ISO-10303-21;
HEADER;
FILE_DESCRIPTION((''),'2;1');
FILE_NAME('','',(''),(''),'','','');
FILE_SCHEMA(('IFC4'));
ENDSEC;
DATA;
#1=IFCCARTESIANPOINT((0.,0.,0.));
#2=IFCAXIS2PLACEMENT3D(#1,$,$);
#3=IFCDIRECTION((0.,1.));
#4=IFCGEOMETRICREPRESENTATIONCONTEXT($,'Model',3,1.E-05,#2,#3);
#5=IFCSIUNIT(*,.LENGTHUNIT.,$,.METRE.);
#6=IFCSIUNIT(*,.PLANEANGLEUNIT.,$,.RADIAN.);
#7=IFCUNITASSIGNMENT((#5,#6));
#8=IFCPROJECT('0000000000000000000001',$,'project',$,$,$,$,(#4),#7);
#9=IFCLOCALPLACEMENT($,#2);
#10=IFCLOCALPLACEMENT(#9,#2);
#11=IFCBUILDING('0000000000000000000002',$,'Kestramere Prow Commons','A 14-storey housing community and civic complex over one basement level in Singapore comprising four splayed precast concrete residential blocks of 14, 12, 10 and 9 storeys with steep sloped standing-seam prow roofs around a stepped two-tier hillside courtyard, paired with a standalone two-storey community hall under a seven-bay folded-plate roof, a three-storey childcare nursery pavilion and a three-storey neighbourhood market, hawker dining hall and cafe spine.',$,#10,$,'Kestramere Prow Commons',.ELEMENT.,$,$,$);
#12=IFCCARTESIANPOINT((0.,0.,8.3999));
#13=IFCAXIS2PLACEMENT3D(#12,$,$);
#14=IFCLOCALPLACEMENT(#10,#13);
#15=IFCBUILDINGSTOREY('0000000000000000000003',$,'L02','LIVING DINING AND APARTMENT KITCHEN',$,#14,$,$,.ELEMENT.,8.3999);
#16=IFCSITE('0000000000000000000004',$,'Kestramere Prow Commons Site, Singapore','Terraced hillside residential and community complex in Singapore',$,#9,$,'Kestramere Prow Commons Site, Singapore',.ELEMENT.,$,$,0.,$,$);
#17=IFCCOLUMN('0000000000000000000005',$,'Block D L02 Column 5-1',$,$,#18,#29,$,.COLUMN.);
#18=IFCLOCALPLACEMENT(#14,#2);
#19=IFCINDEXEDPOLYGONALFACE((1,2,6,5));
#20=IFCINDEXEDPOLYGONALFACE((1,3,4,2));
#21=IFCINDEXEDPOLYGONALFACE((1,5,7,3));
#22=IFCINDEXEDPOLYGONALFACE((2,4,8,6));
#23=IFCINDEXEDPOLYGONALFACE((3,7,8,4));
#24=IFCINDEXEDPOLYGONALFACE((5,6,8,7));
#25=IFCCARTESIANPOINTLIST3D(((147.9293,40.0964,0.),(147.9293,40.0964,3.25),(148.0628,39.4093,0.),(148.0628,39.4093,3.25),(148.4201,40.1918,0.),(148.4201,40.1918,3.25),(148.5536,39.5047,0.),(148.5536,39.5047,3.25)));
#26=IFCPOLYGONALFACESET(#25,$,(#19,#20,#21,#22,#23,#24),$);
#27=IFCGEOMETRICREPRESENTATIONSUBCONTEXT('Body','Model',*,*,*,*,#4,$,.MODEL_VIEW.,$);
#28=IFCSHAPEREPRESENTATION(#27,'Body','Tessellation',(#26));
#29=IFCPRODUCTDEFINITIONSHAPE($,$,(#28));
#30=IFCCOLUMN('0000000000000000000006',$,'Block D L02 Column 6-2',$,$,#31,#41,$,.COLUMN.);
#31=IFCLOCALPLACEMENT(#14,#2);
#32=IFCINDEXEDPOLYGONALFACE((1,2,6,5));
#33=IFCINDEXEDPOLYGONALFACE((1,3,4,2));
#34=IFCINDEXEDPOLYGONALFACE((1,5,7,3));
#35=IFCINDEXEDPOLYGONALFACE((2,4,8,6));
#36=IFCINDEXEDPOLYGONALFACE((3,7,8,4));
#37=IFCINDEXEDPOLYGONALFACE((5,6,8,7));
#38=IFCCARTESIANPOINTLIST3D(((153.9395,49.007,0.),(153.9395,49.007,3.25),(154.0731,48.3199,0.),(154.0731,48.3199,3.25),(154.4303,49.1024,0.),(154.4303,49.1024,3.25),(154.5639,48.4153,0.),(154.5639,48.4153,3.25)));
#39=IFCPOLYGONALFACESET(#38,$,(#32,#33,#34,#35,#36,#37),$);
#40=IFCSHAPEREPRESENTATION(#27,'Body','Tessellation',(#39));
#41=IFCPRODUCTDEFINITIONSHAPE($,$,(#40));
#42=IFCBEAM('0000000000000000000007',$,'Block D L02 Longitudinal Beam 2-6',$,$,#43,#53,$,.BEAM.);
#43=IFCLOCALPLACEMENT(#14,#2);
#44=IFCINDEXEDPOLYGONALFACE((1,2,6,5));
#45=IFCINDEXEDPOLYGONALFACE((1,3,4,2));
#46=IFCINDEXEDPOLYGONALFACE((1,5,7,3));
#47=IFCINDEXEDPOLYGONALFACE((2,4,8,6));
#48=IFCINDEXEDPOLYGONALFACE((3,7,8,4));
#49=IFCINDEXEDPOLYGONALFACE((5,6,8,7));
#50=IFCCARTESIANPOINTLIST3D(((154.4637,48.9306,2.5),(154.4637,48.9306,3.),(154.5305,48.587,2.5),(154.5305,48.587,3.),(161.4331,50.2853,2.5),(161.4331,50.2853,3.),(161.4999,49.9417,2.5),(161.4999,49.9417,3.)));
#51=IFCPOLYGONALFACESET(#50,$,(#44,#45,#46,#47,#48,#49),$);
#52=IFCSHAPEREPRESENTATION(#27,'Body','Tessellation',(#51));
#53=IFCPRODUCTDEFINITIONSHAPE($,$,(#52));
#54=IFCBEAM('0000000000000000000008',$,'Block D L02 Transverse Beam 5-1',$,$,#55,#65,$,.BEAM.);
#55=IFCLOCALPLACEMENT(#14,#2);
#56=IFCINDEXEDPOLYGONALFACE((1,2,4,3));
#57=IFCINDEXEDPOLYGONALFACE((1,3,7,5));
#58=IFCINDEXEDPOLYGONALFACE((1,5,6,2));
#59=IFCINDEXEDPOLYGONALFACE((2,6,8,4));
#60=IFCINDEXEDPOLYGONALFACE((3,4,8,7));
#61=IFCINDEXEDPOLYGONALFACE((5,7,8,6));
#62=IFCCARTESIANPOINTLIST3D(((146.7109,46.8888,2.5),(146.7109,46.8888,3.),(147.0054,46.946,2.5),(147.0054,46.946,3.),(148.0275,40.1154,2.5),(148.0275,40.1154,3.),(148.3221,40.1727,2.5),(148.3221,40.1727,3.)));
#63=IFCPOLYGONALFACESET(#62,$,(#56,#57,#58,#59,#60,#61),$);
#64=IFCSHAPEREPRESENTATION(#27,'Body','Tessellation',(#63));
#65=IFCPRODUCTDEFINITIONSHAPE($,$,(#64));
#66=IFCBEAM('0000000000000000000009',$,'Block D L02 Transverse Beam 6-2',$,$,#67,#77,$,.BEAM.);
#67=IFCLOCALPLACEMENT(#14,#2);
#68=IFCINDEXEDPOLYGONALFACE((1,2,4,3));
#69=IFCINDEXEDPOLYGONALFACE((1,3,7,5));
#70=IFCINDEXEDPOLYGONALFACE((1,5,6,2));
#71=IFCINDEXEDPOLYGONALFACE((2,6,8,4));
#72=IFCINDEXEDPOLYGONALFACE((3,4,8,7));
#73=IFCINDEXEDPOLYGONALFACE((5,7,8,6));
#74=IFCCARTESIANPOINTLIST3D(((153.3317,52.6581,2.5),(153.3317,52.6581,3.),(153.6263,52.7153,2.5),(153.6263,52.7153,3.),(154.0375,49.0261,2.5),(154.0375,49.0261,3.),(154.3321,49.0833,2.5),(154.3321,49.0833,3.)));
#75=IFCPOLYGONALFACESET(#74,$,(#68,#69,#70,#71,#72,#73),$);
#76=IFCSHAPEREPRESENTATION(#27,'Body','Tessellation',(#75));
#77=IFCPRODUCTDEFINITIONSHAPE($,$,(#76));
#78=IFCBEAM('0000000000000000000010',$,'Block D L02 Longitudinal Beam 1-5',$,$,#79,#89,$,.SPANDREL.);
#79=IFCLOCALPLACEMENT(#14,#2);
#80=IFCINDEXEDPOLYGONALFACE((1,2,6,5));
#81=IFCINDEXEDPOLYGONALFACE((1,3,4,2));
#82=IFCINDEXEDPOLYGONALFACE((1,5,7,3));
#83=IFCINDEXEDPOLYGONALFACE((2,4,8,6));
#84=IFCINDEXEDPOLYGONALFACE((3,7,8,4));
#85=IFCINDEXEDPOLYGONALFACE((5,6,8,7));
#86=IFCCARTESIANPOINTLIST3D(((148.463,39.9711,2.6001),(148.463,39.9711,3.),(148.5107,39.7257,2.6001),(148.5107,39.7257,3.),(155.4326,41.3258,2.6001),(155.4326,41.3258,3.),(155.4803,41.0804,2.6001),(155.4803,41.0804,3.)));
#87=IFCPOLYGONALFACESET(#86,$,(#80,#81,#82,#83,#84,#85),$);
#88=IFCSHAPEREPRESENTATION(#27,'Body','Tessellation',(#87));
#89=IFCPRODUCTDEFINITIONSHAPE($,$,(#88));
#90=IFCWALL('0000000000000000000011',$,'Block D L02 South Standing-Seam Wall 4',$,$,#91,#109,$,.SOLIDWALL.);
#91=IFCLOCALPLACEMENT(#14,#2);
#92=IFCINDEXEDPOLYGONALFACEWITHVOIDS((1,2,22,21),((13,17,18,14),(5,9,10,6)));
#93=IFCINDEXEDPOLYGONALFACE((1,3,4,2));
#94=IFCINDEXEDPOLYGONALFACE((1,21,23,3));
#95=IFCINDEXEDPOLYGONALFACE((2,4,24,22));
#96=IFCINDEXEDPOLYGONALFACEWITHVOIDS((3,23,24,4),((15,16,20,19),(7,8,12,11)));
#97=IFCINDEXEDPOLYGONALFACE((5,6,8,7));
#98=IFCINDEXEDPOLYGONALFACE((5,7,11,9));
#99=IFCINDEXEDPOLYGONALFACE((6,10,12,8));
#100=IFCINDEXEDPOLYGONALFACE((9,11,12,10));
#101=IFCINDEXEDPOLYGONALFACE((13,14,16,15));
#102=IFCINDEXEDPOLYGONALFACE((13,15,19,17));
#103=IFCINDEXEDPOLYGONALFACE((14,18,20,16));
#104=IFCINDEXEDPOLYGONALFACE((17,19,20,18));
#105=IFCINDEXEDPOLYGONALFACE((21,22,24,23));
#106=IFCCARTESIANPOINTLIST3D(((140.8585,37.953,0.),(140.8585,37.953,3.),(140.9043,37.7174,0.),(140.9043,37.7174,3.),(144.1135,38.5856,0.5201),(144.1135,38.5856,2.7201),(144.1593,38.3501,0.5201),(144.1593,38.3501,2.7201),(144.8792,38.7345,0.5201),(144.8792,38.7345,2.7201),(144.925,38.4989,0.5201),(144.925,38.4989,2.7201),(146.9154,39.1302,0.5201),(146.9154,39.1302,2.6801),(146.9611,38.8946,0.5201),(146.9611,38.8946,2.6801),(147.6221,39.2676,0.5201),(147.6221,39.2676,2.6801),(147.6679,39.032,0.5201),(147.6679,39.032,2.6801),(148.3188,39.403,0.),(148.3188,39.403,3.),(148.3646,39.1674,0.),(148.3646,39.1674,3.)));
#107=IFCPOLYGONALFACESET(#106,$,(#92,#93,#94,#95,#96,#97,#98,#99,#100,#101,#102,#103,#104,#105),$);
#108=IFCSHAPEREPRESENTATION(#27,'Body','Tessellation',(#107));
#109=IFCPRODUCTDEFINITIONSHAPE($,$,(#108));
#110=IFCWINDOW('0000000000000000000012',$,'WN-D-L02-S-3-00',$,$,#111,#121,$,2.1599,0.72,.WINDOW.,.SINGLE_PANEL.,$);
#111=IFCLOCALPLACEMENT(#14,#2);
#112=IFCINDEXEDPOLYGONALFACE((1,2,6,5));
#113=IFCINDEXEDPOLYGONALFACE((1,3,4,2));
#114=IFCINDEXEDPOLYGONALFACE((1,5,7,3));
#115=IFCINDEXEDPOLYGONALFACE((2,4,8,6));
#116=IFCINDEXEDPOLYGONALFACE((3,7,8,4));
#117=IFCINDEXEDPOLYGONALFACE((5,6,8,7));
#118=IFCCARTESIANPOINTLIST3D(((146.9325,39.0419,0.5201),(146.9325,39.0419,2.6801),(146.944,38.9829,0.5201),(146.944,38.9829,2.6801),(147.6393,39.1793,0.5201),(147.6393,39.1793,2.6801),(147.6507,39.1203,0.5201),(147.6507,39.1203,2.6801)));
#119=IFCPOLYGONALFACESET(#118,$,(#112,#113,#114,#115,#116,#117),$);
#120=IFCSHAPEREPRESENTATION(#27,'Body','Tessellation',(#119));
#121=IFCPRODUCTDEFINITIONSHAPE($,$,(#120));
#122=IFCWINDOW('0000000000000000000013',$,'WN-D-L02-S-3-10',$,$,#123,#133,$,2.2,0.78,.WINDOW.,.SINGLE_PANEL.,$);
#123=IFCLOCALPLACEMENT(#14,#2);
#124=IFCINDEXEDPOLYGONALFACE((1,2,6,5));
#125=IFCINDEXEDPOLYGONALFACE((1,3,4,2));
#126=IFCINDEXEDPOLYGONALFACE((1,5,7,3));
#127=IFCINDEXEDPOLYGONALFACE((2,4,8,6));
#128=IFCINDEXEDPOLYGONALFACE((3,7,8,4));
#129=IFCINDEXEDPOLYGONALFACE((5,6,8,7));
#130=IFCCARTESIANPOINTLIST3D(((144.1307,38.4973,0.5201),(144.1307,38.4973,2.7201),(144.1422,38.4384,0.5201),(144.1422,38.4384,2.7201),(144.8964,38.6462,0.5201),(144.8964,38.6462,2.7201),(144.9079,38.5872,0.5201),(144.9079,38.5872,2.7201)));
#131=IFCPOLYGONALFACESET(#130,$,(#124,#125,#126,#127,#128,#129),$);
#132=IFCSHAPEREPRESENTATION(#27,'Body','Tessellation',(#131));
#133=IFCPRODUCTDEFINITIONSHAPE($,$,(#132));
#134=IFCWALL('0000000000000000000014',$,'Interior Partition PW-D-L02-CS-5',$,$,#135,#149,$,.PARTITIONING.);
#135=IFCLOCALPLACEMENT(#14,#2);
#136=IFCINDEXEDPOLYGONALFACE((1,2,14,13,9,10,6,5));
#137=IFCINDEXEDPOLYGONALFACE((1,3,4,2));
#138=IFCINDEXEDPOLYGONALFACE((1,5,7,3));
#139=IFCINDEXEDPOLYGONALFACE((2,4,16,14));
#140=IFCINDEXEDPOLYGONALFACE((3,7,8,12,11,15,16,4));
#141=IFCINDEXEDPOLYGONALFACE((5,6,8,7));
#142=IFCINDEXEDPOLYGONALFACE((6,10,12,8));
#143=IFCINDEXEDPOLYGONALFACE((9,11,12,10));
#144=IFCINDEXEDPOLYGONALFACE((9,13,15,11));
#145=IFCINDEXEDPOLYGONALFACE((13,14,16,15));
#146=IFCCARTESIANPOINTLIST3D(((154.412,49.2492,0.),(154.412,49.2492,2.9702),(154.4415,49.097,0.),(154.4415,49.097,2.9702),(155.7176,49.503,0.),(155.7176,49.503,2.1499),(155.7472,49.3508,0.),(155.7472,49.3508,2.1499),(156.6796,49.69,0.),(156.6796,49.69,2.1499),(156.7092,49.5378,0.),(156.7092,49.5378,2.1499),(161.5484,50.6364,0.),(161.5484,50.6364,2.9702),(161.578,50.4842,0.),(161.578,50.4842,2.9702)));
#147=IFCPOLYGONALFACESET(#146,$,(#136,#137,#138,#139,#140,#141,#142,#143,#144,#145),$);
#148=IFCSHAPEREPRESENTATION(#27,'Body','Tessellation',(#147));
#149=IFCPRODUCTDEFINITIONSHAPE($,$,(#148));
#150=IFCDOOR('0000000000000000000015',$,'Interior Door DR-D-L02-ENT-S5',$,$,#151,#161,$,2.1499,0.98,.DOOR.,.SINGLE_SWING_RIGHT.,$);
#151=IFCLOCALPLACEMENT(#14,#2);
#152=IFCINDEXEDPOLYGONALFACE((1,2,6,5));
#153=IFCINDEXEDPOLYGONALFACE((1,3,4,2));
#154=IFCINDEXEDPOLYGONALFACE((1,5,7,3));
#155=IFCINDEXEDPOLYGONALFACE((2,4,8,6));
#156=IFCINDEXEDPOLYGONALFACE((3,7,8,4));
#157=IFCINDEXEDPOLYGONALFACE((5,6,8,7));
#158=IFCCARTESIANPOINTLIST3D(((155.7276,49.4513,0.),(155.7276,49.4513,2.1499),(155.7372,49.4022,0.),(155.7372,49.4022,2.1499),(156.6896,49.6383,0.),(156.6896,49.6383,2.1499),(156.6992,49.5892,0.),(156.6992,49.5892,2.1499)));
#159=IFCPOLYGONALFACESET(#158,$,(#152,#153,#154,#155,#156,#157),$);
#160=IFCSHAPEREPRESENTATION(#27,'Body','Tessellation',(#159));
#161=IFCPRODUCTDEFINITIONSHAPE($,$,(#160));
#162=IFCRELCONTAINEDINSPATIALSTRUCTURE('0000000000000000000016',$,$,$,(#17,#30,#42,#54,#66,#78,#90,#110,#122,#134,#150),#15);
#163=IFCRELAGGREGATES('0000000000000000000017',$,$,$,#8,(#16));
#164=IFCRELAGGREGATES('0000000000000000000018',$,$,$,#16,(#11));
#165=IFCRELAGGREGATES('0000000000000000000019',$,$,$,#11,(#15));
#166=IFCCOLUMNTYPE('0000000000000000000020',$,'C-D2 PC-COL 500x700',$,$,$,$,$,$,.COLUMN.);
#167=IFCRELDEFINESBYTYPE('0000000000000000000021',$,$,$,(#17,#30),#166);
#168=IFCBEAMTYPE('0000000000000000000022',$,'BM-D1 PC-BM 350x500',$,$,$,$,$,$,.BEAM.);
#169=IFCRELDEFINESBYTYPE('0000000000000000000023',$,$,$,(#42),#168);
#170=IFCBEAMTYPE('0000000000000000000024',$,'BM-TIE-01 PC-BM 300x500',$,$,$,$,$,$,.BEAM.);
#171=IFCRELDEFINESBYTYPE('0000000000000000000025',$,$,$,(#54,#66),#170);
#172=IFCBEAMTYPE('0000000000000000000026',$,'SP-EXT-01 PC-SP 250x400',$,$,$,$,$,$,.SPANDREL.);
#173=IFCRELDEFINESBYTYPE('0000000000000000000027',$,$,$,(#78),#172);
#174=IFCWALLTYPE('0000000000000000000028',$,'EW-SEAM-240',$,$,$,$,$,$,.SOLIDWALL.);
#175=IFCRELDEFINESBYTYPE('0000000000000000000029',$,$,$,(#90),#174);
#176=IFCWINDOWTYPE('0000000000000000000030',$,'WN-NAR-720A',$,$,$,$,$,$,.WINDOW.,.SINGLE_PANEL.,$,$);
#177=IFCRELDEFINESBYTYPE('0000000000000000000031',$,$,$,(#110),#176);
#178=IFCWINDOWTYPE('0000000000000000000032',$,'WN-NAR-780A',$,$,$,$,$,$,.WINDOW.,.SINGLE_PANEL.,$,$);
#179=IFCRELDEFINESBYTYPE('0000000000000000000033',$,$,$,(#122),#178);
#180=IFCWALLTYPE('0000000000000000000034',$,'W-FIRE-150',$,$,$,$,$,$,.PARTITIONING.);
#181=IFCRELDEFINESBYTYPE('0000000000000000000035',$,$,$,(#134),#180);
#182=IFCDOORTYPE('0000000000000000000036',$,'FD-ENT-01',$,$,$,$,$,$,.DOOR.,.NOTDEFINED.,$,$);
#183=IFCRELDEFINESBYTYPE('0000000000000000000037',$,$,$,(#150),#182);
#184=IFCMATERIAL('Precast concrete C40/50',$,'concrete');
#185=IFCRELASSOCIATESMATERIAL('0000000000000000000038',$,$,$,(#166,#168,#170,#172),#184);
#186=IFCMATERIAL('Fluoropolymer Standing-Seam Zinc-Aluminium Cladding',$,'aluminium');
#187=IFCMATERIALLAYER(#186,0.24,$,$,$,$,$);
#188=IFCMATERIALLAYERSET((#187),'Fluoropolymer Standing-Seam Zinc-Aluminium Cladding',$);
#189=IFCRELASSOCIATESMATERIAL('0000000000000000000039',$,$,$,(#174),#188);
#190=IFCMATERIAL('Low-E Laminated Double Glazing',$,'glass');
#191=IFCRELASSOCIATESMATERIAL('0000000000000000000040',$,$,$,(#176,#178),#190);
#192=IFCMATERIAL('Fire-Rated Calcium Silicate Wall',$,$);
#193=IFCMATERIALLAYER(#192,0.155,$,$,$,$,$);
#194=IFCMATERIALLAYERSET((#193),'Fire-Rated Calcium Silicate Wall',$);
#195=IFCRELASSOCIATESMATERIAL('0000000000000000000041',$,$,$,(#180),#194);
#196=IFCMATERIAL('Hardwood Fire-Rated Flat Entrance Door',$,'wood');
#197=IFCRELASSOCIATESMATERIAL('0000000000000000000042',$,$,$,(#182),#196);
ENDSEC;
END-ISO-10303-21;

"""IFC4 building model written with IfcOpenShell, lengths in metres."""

from ifc_helpers import new_model, si_unit, direction, frame, frame_2d, origin, origin_2d, place, context, subcontext, project, spatial, rectangle, extrude, material, layer, layer_set, material_profile, profile_set, type_object, element, fill, save


model = new_model("IFC4")

# Units and contexts
model_context = context("Model", 3, precision=1e-05, world=origin(), true_north=direction((0.0, 1.0)))
body_context = subcontext(model_context, "Body", "Model", "MODEL_VIEW")
ifc_project = project(units=[si_unit("LENGTHUNIT", "METRE"), si_unit("PLANEANGLEUNIT", "RADIAN")], contexts=[model_context])

# Site, building, storey
site_placement = place(None, origin())
site = spatial("IfcSite", under=ifc_project, at=site_placement, Name="Kestramere Prow Commons Site, Singapore", Description="Terraced hillside residential and community complex in Singapore", LongName="Kestramere Prow Commons Site, Singapore", CompositionType="ELEMENT", RefElevation=0.0)
building_placement = place(site_placement, origin())
building = spatial("IfcBuilding", under=site, at=building_placement, Name="Kestramere Prow Commons", Description="A 14-storey housing community and civic complex over one basement level in Singapore comprising four splayed precast concrete residential blocks of 14, 12, 10 and 9 storeys with steep sloped standing-seam prow roofs around a stepped two-tier hillside courtyard, paired with a standalone two-storey community hall under a seven-bay folded-plate roof, a three-storey childcare nursery pavilion and a three-storey neighbourhood market, hawker dining hall and cafe spine.", LongName="Kestramere Prow Commons", CompositionType="ELEMENT")
storey_placement = place(building_placement, frame((0.0, 0.0, 8.3999)))
storey = spatial("IfcBuildingStorey", under=building, at=storey_placement, Name="L02", Description="LIVING DINING AND APARTMENT KITCHEN", CompositionType="ELEMENT", Elevation=8.3999)

# Columns
ifc_material_1 = material(Name="Precast concrete C40/50", Category="concrete")
ifc_material_profile_1 = material_profile(ifc_material_1, rectangle(XDim=0.5, YDim=0.7, at=origin_2d()), Name="PC-COL 500x700")
ifc_profile_set_1 = profile_set([ifc_material_profile_1], Name="Precast concrete C40/50")
column_type = type_object("IfcColumnType", Name="C-D2 PC-COL 500x700", PredefinedType="COLUMN", material=ifc_profile_set_1)
for number, where, z_axis, x_axis, name in (
    (1, (148.2415, 39.8005, 0.0), (0.0, 0.0, 1.0), (0.981627, 0.190809, 0.0), "Block D L02 Column 5-1"),
    (2, (154.2517, 48.7112, 0.0), (0.0, 0.0, 1.0), (0.981627, 0.190809, 0.0), "Block D L02 Column 6-2"),
):
    element("IfcColumn", number, at=place(storey_placement, frame(where, z_axis=z_axis, x_axis=x_axis)), inside=storey, type_object=column_type, Name=name, PredefinedType="COLUMN", context=body_context, shape_type="SweptSolid", body=[
        extrude(rectangle(XDim=0.5, YDim=0.7, at=origin_2d()), origin(), (0.0, 0.0, 1.0), 3.25),
    ])

# Beams
ifc_material_profile_2 = material_profile(ifc_material_1, rectangle(XDim=0.3501, YDim=0.5, at=origin_2d()), Name="PC-BM 350x500")
ifc_profile_set_2 = profile_set([ifc_material_profile_2], Name="Precast concrete C40/50")
beam_type_1 = type_object("IfcBeamType", Name="BM-D1 PC-BM 350x500", PredefinedType="BEAM", material=ifc_profile_set_2)
beam_1_placement = place(storey_placement, frame((154.4971, 48.7588, 2.75), z_axis=(0.981627, 0.19081, 0.0), x_axis=(-0.19081, 0.981627, 0.0)))
element("IfcBeam", 3, at=beam_1_placement, inside=storey, type_object=beam_type_1, Name="Block D L02 Longitudinal Beam 2-6", PredefinedType="BEAM", context=body_context, shape_type="SweptSolid", body=[
    extrude(rectangle(XDim=0.3501, YDim=0.5, at=origin_2d()), origin(), (0.0, 0.0, 1.0), 7.0999),
])
ifc_material_profile_3 = material_profile(ifc_material_1, rectangle(XDim=0.3, YDim=0.5, at=origin_2d()), Name="PC-BM 300x500")
ifc_profile_set_3 = profile_set([ifc_material_profile_3], Name="Precast concrete C40/50")
beam_type_2 = type_object("IfcBeamType", Name="BM-TIE-01 PC-BM 300x500", PredefinedType="BEAM", material=ifc_profile_set_3)
beam_2_placement = place(storey_placement, frame((148.1748, 40.144, 2.75), z_axis=(-0.190813, 0.981626, 0.0), x_axis=(-0.981626, -0.190813, 0.0)))
element("IfcBeam", 4, at=beam_2_placement, inside=storey, type_object=beam_type_2, Name="Block D L02 Transverse Beam 5-1", PredefinedType="BEAM", context=body_context, shape_type="SweptSolid", body=[
    extrude(rectangle(XDim=0.3, YDim=0.5, at=origin_2d()), origin(), (0.0, 0.0, 1.0), 6.9001),
])
beam_3_placement = place(storey_placement, frame((154.1848, 49.0547, 2.75), z_axis=(-0.190758, 0.981637, 0.0), x_axis=(-0.981637, -0.190758, 0.0)))
element("IfcBeam", 5, at=beam_3_placement, inside=storey, type_object=beam_type_2, Name="Block D L02 Transverse Beam 6-2", PredefinedType="BEAM", context=body_context, shape_type="SweptSolid", body=[
    extrude(rectangle(XDim=0.3, YDim=0.5, at=origin_2d()), origin(), (0.0, 0.0, 1.0), 3.7),
])
ifc_material_profile_4 = material_profile(ifc_material_1, rectangle(XDim=0.25, YDim=0.3999, at=origin_2d()), Name="PC-SP 250x400")
ifc_profile_set_4 = profile_set([ifc_material_profile_4], Name="Precast concrete C40/50")
beam_type_3 = type_object("IfcBeamType", Name="SP-EXT-01 PC-SP 250x400", PredefinedType="SPANDREL", material=ifc_profile_set_4)
beam_4_placement = place(storey_placement, frame((148.4868, 39.8484, 2.8), z_axis=(0.981628, 0.190803, 0.0), x_axis=(-0.190803, 0.981628, 0.0)))
element("IfcBeam", 6, at=beam_4_placement, inside=storey, type_object=beam_type_3, Name="Block D L02 Longitudinal Beam 1-5", PredefinedType="SPANDREL", context=body_context, shape_type="SweptSolid", body=[
    extrude(rectangle(XDim=0.25, YDim=0.3999, at=origin_2d()), origin(), (0.0, 0.0, 1.0), 7.1001),
])

# Wall, openings, windows
ifc_material_2 = material(Name="Fluoropolymer Standing-Seam Zinc-Aluminium Cladding", Category="aluminium")
ifc_layer_1 = layer(ifc_material_2, 0.24)
ifc_layer_set_1 = layer_set([ifc_layer_1], Name="Fluoropolymer Standing-Seam Zinc-Aluminium Cladding")
wall_type_1 = type_object("IfcWallType", Name="EW-SEAM-240", PredefinedType="SOLIDWALL", material=ifc_layer_set_1)
wall_1_placement = place(storey_placement, frame((148.3416, 39.2852, 0.0), z_axis=(0.0, 0.0, 1.0), x_axis=(-0.981631, -0.190788, 0.0)))
wall_1 = element("IfcWall", 7, at=wall_1_placement, inside=storey, type_object=wall_type_1, Name="Block D L02 South Standing-Seam Wall 4", PredefinedType="SOLIDWALL", context=body_context, shape_type="SweptSolid", body=[
    extrude(rectangle(XDim=7.5999, YDim=0.24, at=frame_2d((3.7998, 0.0))), origin(), (0.0, 0.0, 1.0), 3.0),
])
opening_1_placement = place(wall_1_placement, frame((0.7097, 0.0, 0.52)))
opening_1 = element("IfcOpeningElement", 8, at=opening_1_placement, cuts=wall_1, PredefinedType="OPENING", context=body_context, shape_type="SweptSolid", body=[
    extrude(rectangle(XDim=0.72, YDim=2.1599, at=frame_2d((0.3599, 1.0801))), frame((0.0, 0.135, 0.0), z_axis=(0.0, -1.0, 0.0), x_axis=(1.0, 0.0, 0.0)), (0.0, 0.0, 1.0), 0.27),
])
opening_2_placement = place(wall_1_placement, frame((3.5037, 0.0, 0.52)))
opening_2 = element("IfcOpeningElement", 9, at=opening_2_placement, cuts=wall_1, PredefinedType="OPENING", context=body_context, shape_type="SweptSolid", body=[
    extrude(rectangle(XDim=0.78, YDim=2.2, at=frame_2d((0.3901, 1.1001))), frame((0.0, 0.135, 0.0), z_axis=(0.0, -1.0, 0.0), x_axis=(1.0, 0.0, 0.0)), (0.0, 0.0, 1.0), 0.27),
])
ifc_material_3 = material(Name="Low-E Laminated Double Glazing", Category="glass")
window_type_1 = type_object("IfcWindowType", Name="WN-NAR-720A", PartitioningType="SINGLE_PANEL", PredefinedType="WINDOW", material=ifc_material_3)
window_1_placement = place(opening_1_placement, origin())
window_1 = element("IfcWindow", 10, at=window_1_placement, inside=storey, type_object=window_type_1, Name="WN-D-L02-S-3-00", OverallHeight=2.1599, OverallWidth=0.72, PartitioningType="SINGLE_PANEL", PredefinedType="WINDOW", context=body_context, shape_type="SweptSolid", body=[
    extrude(rectangle(XDim=0.72, YDim=2.1599, at=frame_2d((0.3599, 1.0801))), frame((0.0, 0.03, 0.0), z_axis=(0.0, -1.0, 0.0), x_axis=(1.0, 0.0, 0.0)), (0.0, 0.0, 1.0), 0.0601),
])
fill(opening_1, window_1)
window_type_2 = type_object("IfcWindowType", Name="WN-NAR-780A", PartitioningType="SINGLE_PANEL", PredefinedType="WINDOW", material=ifc_material_3)
window_2_placement = place(opening_2_placement, origin())
window_2 = element("IfcWindow", 11, at=window_2_placement, inside=storey, type_object=window_type_2, Name="WN-D-L02-S-3-10", OverallHeight=2.2, OverallWidth=0.78, PartitioningType="SINGLE_PANEL", PredefinedType="WINDOW", context=body_context, shape_type="SweptSolid", body=[
    extrude(rectangle(XDim=0.78, YDim=2.2, at=frame_2d((0.3901, 1.1001))), frame((0.0, 0.03, 0.0), z_axis=(0.0, -1.0, 0.0), x_axis=(1.0, 0.0, 0.0)), (0.0, 0.0, 1.0), 0.0601),
])
fill(opening_2, window_2)

# Wall, opening, door
ifc_material_4 = material(Name="Fire-Rated Calcium Silicate Wall")
ifc_layer_2 = layer(ifc_material_4, 0.155)
ifc_layer_set_2 = layer_set([ifc_layer_2], Name="Fire-Rated Calcium Silicate Wall")
wall_type_2 = type_object("IfcWallType", Name="W-FIRE-150", PredefinedType="PARTITIONING", material=ifc_layer_set_2)
wall_2_placement = place(storey_placement, frame((154.4268, 49.1731, 0.0), z_axis=(0.0, 0.0, 1.0), x_axis=(0.981627, 0.190811, 0.0)))
wall_2 = element("IfcWall", 12, at=wall_2_placement, inside=storey, type_object=wall_type_2, Name="Interior Partition PW-D-L02-CS-5", PredefinedType="PARTITIONING", context=body_context, shape_type="SweptSolid", body=[
    extrude(rectangle(XDim=7.27, YDim=0.155, at=frame_2d((3.635, 0.0))), origin(), (0.0, 0.0, 1.0), 2.9702),
])
opening_3_placement = place(wall_2_placement, frame((1.3301, 0.0, 0.0)))
opening_3 = element("IfcOpeningElement", 13, at=opening_3_placement, cuts=wall_2, PredefinedType="OPENING", context=body_context, shape_type="SweptSolid", body=[
    extrude(rectangle(XDim=0.98, YDim=2.1499, at=frame_2d((0.49, 1.075))), frame((0.0, 0.0925, 0.0), z_axis=(0.0, -1.0, 0.0), x_axis=(1.0, 0.0, 0.0)), (0.0, 0.0, 1.0), 0.1851),
])
ifc_material_5 = material(Name="Hardwood Fire-Rated Flat Entrance Door", Category="wood")
door_type_1 = type_object("IfcDoorType", Name="FD-ENT-01", OperationType="NOTDEFINED", PredefinedType="DOOR", material=ifc_material_5)
door_1_placement = place(opening_3_placement, origin())
door_1 = element("IfcDoor", 14, at=door_1_placement, inside=storey, type_object=door_type_1, Name="Interior Door DR-D-L02-ENT-S5", OperationType="SINGLE_SWING_RIGHT", OverallHeight=2.1499, OverallWidth=0.98, PredefinedType="DOOR", context=body_context, shape_type="SweptSolid", body=[
    extrude(rectangle(XDim=0.98, YDim=2.1499, at=frame_2d((0.49, 1.075))), frame((0.0, 0.0249, 0.0), z_axis=(0.0, -1.0, 0.0), x_axis=(1.0, 0.0, 0.0)), (0.0, 0.0, 1.0), 0.05),
])
fill(opening_3, door_1)

save(model, "model.ifc")
